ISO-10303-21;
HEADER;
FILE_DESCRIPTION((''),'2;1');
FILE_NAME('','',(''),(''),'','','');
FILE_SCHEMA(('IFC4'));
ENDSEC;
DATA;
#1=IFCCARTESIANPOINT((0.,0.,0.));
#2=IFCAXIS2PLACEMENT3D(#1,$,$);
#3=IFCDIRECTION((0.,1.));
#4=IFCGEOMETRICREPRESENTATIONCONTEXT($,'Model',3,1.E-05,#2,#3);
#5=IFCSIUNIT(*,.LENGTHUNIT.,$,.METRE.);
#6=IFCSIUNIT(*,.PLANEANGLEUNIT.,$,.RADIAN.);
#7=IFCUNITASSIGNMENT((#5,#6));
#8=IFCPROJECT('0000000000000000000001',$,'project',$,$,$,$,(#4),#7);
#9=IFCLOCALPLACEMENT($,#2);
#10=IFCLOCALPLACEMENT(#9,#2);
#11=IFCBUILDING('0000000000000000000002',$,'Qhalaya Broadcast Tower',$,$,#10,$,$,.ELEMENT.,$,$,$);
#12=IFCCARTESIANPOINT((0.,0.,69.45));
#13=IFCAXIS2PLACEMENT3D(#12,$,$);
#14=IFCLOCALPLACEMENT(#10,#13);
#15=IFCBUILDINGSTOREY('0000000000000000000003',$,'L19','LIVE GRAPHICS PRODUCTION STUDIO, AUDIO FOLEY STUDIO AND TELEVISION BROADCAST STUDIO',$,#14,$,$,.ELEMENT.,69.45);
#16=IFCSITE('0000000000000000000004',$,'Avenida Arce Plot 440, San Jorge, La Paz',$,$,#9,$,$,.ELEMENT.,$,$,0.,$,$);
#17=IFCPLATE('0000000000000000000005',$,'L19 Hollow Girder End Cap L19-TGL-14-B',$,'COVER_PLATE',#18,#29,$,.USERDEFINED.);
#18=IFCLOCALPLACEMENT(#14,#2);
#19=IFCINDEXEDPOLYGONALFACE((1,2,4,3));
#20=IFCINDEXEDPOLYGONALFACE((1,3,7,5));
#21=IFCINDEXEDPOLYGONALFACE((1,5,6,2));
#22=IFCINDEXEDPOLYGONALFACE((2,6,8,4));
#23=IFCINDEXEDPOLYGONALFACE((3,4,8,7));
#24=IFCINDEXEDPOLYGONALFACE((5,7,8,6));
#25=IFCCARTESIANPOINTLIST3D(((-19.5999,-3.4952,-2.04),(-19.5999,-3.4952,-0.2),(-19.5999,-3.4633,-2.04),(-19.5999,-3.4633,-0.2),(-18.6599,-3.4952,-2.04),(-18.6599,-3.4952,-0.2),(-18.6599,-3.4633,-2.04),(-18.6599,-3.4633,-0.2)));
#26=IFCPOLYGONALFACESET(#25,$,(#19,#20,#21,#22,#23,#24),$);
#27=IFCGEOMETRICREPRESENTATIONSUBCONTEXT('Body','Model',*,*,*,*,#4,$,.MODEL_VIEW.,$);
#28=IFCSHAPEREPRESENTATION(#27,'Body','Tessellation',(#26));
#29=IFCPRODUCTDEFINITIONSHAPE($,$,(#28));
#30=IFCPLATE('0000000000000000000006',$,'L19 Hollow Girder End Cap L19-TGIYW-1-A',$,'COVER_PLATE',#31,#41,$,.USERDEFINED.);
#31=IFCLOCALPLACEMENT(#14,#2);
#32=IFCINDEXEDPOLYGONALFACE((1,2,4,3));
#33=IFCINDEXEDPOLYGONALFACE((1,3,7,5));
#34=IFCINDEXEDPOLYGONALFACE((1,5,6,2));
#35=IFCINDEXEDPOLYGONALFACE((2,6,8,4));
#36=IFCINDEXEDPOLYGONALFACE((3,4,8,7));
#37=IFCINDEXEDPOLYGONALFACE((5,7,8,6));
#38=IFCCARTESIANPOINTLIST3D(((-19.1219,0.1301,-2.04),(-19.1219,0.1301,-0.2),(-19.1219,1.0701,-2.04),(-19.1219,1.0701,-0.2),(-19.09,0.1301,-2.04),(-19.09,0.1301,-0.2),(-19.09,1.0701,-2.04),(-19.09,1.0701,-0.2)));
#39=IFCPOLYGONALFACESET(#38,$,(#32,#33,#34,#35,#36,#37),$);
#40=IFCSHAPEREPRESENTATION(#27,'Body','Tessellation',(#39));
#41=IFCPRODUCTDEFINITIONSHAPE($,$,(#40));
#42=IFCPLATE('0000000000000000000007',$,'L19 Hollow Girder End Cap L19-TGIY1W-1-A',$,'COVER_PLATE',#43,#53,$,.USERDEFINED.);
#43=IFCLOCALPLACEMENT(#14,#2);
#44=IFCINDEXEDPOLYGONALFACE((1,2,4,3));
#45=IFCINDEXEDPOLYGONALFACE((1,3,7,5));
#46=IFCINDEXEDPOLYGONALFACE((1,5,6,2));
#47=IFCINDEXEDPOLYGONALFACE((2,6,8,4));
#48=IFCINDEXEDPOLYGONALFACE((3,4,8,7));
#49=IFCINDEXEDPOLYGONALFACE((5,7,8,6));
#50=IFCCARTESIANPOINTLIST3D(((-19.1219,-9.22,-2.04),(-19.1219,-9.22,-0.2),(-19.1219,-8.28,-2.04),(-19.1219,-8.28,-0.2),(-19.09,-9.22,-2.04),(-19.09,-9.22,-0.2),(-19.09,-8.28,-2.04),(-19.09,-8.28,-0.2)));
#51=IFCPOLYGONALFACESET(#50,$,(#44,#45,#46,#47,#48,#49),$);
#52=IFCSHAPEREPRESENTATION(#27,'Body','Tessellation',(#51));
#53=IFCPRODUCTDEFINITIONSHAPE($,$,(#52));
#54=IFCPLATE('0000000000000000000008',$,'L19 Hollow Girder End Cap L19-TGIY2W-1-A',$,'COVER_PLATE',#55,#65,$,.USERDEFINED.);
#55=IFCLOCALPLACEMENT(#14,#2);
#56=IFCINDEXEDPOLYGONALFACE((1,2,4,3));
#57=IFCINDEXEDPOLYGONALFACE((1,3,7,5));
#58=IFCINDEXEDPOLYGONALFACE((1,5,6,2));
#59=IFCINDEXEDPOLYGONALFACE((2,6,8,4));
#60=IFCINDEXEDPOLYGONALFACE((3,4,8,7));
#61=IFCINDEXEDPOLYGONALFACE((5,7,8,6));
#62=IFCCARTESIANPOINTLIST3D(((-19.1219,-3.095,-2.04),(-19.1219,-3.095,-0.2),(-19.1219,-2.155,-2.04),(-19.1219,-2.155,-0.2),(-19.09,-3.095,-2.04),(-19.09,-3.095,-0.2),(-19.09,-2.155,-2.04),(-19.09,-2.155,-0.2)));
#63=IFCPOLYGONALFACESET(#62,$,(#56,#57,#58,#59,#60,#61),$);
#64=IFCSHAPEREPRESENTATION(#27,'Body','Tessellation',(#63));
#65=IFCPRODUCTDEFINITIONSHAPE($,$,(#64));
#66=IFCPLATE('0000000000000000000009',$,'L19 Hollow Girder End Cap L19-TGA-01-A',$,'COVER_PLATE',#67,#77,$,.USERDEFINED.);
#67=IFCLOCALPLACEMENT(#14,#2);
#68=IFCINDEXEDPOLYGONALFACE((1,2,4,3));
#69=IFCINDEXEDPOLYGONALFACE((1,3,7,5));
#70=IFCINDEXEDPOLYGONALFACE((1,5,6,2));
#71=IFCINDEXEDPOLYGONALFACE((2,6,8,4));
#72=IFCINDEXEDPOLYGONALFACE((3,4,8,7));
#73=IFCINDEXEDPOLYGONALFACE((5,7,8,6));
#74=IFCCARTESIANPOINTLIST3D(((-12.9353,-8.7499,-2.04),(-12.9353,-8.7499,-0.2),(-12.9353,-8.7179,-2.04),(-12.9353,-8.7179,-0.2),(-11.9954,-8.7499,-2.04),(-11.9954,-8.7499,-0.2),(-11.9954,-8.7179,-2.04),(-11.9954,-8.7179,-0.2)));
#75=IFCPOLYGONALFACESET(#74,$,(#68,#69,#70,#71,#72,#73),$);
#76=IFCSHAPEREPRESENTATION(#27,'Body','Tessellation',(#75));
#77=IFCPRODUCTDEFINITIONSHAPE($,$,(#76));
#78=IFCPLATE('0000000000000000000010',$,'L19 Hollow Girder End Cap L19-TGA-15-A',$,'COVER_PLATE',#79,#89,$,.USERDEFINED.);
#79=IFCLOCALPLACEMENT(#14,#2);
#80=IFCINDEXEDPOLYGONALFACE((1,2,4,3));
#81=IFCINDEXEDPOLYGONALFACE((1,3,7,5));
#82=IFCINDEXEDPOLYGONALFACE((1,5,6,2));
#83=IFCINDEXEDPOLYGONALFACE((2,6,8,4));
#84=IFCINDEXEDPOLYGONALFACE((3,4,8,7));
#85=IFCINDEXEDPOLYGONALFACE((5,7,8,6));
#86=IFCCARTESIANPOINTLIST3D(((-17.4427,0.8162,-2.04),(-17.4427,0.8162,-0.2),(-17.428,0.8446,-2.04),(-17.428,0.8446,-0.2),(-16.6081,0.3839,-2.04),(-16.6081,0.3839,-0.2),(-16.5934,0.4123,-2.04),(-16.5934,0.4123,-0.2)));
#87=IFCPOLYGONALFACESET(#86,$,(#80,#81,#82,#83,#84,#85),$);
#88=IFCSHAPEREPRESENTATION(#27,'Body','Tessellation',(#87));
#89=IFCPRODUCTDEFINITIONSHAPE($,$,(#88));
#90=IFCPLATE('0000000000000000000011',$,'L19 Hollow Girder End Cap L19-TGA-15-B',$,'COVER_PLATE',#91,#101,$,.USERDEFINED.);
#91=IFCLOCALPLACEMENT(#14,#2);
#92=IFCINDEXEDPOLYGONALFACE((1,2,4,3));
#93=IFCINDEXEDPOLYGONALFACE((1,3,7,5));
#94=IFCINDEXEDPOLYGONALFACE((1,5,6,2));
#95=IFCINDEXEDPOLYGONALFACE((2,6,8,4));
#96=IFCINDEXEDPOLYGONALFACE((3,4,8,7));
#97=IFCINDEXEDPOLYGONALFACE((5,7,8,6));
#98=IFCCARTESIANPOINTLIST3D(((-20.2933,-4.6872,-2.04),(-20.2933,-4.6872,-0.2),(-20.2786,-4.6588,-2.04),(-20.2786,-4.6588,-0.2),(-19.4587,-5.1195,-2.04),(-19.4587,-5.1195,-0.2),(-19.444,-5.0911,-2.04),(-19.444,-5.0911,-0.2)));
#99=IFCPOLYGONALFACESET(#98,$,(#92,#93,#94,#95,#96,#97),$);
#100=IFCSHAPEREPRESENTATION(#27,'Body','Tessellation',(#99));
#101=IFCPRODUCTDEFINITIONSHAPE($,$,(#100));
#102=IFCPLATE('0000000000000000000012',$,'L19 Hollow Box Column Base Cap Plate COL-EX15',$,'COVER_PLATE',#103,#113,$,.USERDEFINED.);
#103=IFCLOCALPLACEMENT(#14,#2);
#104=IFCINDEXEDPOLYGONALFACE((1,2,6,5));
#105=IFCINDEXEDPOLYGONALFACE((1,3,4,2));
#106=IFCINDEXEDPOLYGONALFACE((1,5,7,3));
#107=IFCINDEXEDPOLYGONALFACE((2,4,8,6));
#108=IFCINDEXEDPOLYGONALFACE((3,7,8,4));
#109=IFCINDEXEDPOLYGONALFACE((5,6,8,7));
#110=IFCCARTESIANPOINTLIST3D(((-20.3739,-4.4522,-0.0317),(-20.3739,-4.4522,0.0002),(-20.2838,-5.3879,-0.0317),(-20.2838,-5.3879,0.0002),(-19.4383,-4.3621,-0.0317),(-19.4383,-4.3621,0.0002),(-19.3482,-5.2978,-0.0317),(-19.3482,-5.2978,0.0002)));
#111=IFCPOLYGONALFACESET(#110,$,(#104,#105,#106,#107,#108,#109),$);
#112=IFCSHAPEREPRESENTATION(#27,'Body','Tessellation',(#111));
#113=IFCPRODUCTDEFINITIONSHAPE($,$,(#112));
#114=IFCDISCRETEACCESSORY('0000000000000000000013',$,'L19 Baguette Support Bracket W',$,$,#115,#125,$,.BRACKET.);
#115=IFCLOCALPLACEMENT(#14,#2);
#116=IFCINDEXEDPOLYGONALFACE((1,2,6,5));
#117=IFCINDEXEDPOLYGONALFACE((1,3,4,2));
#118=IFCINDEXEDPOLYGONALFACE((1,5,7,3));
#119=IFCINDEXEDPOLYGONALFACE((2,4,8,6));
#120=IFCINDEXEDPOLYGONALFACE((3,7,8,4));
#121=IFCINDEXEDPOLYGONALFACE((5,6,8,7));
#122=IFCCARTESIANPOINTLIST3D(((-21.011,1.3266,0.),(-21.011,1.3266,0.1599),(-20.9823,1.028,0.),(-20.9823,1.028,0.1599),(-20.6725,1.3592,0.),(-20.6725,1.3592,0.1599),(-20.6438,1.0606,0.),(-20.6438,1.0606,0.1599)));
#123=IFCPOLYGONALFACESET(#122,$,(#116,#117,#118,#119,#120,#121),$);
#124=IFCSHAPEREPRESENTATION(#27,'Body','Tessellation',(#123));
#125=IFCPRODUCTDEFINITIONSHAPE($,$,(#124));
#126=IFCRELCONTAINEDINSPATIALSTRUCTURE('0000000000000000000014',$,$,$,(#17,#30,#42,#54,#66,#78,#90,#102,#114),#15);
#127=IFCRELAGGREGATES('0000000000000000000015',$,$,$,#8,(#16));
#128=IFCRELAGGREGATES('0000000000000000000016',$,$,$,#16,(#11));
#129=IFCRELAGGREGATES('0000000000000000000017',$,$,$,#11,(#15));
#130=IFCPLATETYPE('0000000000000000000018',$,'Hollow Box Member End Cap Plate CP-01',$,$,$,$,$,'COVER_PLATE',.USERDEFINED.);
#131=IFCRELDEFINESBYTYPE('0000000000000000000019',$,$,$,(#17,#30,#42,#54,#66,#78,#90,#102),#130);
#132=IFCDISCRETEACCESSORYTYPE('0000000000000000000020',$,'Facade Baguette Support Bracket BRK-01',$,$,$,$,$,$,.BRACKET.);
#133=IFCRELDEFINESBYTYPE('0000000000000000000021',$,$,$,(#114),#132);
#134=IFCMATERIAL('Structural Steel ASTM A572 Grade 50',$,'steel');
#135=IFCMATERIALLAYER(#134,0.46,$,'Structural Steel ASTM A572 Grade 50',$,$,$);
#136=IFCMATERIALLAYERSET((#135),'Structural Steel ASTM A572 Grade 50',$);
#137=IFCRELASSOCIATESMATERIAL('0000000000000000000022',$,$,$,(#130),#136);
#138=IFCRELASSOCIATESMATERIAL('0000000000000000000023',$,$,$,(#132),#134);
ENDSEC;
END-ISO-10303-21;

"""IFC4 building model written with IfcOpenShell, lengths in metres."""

from ifc_helpers import new_model, si_unit, direction, frame, origin, origin_2d, place, context, subcontext, project, spatial, rectangle, extrude, material, layer, layer_set, type_object, element, save


model = new_model("IFC4")

# Units and contexts
model_context = context("Model", 3, precision=1e-05, world=origin(), true_north=direction((0.0, 1.0)))
body_context = subcontext(model_context, "Body", "Model", "MODEL_VIEW")
ifc_project = project(units=[si_unit("LENGTHUNIT", "METRE"), si_unit("PLANEANGLEUNIT", "RADIAN")], contexts=[model_context])

# Site, building, storey
site_placement = place(None, origin())
site = spatial("IfcSite", under=ifc_project, at=site_placement, Name="Avenida Arce Plot 440, San Jorge, La Paz", CompositionType="ELEMENT", RefElevation=0.0)
building_placement = place(site_placement, origin())
building = spatial("IfcBuilding", under=site, at=building_placement, Name="Qhalaya Broadcast Tower", CompositionType="ELEMENT")
storey_placement = place(building_placement, frame((0.0, 0.0, 69.45)))
storey = spatial("IfcBuildingStorey", under=building, at=storey_placement, Name="L19", Description="LIVE GRAPHICS PRODUCTION STUDIO, AUDIO FOLEY STUDIO AND TELEVISION BROADCAST STUDIO", CompositionType="ELEMENT", Elevation=69.45)

# Shared definitions
ifc_material_1 = material(Name="Structural Steel ASTM A572 Grade 50", Category="steel")

# Plates
ifc_layer_1 = layer(ifc_material_1, 0.46, Name="Structural Steel ASTM A572 Grade 50")
ifc_layer_set_1 = layer_set([ifc_layer_1], Name="Structural Steel ASTM A572 Grade 50")
plate_type_1 = type_object("IfcPlateType", Name="Hollow Box Member End Cap Plate CP-01", ElementType="COVER_PLATE", PredefinedType="USERDEFINED", material=ifc_layer_set_1)
for number, where, z_axis, x_axis, name in (
    (1, (-19.1299, -3.4792, -2.04), (0.0, 0.0, 1.0), (1.0, 0.0, 0.0), "L19 Hollow Girder End Cap L19-TGL-14-B"),
    (2, (-19.106, 0.6001, -2.04), (0.0, 0.0, 1.0), (0.0, 1.0, 0.0), "L19 Hollow Girder End Cap L19-TGIYW-1-A"),
    (3, (-19.106, -8.75, -2.04), (0.0, 0.0, 1.0), (0.0, 1.0, 0.0), "L19 Hollow Girder End Cap L19-TGIY1W-1-A"),
    (4, (-19.106, -2.625, -2.04), (0.0, 0.0, 1.0), (0.0, 1.0, 0.0), "L19 Hollow Girder End Cap L19-TGIY2W-1-A"),
    (5, (-12.4653, -8.7339, -2.04), (0.0, 0.0, 1.0), (1.0, 0.0, 0.0), "L19 Hollow Girder End Cap L19-TGA-01-A"),
    (6, (-17.0181, 0.6143, -2.04), (0.0, 0.0, 1.0), (0.88796, -0.459921, 0.0), "L19 Hollow Girder End Cap L19-TGA-15-A"),
    (7, (-19.8687, -4.8892, -2.04), (0.0, 0.0, 1.0), (0.88796, -0.459921, 0.0), "L19 Hollow Girder End Cap L19-TGA-15-B"),
):
    element("IfcPlate", number, at=place(storey_placement, frame(where, z_axis=z_axis, x_axis=x_axis)), inside=storey, type_object=plate_type_1, Name=name, ObjectType="COVER_PLATE", PredefinedType="USERDEFINED", context=body_context, shape_type="SweptSolid", body=[
        extrude(rectangle(XDim=0.9399, YDim=0.032, at=origin_2d()), origin(), (0.0, 0.0, 1.0), 1.8401),
    ])
plate_placement = place(storey_placement, frame((-19.8611, -4.875, -0.0317), z_axis=(0.0, 0.0, 1.0), x_axis=(-0.095846, 0.995396, 0.0)))
element("IfcPlate", 8, at=plate_placement, inside=storey, type_object=plate_type_1, Name="L19 Hollow Box Column Base Cap Plate COL-EX15", ObjectType="COVER_PLATE", PredefinedType="USERDEFINED", context=body_context, shape_type="SweptSolid", body=[
    extrude(rectangle(XDim=0.9399, YDim=0.9399, at=origin_2d()), origin(), (0.0, 0.0, 1.0), 0.032),
])

# Discrete accessory
discrete_accessory_type = type_object("IfcDiscreteAccessoryType", Name="Facade Baguette Support Bracket BRK-01", PredefinedType="BRACKET", material=ifc_material_1)
discrete_accessory_placement = place(storey_placement, frame((-20.8274, 1.1936, 0.0), z_axis=(0.0, 0.0, 1.0), x_axis=(0.095846, -0.995396, 0.0)))
element("IfcDiscreteAccessory", 9, at=discrete_accessory_placement, inside=storey, type_object=discrete_accessory_type, Name="L19 Baguette Support Bracket W", PredefinedType="BRACKET", context=body_context, shape_type="SweptSolid", body=[
    extrude(rectangle(XDim=0.3, YDim=0.3401, at=origin_2d()), origin(), (0.0, 0.0, 1.0), 0.1599),
])

save(model, "model.ifc")
